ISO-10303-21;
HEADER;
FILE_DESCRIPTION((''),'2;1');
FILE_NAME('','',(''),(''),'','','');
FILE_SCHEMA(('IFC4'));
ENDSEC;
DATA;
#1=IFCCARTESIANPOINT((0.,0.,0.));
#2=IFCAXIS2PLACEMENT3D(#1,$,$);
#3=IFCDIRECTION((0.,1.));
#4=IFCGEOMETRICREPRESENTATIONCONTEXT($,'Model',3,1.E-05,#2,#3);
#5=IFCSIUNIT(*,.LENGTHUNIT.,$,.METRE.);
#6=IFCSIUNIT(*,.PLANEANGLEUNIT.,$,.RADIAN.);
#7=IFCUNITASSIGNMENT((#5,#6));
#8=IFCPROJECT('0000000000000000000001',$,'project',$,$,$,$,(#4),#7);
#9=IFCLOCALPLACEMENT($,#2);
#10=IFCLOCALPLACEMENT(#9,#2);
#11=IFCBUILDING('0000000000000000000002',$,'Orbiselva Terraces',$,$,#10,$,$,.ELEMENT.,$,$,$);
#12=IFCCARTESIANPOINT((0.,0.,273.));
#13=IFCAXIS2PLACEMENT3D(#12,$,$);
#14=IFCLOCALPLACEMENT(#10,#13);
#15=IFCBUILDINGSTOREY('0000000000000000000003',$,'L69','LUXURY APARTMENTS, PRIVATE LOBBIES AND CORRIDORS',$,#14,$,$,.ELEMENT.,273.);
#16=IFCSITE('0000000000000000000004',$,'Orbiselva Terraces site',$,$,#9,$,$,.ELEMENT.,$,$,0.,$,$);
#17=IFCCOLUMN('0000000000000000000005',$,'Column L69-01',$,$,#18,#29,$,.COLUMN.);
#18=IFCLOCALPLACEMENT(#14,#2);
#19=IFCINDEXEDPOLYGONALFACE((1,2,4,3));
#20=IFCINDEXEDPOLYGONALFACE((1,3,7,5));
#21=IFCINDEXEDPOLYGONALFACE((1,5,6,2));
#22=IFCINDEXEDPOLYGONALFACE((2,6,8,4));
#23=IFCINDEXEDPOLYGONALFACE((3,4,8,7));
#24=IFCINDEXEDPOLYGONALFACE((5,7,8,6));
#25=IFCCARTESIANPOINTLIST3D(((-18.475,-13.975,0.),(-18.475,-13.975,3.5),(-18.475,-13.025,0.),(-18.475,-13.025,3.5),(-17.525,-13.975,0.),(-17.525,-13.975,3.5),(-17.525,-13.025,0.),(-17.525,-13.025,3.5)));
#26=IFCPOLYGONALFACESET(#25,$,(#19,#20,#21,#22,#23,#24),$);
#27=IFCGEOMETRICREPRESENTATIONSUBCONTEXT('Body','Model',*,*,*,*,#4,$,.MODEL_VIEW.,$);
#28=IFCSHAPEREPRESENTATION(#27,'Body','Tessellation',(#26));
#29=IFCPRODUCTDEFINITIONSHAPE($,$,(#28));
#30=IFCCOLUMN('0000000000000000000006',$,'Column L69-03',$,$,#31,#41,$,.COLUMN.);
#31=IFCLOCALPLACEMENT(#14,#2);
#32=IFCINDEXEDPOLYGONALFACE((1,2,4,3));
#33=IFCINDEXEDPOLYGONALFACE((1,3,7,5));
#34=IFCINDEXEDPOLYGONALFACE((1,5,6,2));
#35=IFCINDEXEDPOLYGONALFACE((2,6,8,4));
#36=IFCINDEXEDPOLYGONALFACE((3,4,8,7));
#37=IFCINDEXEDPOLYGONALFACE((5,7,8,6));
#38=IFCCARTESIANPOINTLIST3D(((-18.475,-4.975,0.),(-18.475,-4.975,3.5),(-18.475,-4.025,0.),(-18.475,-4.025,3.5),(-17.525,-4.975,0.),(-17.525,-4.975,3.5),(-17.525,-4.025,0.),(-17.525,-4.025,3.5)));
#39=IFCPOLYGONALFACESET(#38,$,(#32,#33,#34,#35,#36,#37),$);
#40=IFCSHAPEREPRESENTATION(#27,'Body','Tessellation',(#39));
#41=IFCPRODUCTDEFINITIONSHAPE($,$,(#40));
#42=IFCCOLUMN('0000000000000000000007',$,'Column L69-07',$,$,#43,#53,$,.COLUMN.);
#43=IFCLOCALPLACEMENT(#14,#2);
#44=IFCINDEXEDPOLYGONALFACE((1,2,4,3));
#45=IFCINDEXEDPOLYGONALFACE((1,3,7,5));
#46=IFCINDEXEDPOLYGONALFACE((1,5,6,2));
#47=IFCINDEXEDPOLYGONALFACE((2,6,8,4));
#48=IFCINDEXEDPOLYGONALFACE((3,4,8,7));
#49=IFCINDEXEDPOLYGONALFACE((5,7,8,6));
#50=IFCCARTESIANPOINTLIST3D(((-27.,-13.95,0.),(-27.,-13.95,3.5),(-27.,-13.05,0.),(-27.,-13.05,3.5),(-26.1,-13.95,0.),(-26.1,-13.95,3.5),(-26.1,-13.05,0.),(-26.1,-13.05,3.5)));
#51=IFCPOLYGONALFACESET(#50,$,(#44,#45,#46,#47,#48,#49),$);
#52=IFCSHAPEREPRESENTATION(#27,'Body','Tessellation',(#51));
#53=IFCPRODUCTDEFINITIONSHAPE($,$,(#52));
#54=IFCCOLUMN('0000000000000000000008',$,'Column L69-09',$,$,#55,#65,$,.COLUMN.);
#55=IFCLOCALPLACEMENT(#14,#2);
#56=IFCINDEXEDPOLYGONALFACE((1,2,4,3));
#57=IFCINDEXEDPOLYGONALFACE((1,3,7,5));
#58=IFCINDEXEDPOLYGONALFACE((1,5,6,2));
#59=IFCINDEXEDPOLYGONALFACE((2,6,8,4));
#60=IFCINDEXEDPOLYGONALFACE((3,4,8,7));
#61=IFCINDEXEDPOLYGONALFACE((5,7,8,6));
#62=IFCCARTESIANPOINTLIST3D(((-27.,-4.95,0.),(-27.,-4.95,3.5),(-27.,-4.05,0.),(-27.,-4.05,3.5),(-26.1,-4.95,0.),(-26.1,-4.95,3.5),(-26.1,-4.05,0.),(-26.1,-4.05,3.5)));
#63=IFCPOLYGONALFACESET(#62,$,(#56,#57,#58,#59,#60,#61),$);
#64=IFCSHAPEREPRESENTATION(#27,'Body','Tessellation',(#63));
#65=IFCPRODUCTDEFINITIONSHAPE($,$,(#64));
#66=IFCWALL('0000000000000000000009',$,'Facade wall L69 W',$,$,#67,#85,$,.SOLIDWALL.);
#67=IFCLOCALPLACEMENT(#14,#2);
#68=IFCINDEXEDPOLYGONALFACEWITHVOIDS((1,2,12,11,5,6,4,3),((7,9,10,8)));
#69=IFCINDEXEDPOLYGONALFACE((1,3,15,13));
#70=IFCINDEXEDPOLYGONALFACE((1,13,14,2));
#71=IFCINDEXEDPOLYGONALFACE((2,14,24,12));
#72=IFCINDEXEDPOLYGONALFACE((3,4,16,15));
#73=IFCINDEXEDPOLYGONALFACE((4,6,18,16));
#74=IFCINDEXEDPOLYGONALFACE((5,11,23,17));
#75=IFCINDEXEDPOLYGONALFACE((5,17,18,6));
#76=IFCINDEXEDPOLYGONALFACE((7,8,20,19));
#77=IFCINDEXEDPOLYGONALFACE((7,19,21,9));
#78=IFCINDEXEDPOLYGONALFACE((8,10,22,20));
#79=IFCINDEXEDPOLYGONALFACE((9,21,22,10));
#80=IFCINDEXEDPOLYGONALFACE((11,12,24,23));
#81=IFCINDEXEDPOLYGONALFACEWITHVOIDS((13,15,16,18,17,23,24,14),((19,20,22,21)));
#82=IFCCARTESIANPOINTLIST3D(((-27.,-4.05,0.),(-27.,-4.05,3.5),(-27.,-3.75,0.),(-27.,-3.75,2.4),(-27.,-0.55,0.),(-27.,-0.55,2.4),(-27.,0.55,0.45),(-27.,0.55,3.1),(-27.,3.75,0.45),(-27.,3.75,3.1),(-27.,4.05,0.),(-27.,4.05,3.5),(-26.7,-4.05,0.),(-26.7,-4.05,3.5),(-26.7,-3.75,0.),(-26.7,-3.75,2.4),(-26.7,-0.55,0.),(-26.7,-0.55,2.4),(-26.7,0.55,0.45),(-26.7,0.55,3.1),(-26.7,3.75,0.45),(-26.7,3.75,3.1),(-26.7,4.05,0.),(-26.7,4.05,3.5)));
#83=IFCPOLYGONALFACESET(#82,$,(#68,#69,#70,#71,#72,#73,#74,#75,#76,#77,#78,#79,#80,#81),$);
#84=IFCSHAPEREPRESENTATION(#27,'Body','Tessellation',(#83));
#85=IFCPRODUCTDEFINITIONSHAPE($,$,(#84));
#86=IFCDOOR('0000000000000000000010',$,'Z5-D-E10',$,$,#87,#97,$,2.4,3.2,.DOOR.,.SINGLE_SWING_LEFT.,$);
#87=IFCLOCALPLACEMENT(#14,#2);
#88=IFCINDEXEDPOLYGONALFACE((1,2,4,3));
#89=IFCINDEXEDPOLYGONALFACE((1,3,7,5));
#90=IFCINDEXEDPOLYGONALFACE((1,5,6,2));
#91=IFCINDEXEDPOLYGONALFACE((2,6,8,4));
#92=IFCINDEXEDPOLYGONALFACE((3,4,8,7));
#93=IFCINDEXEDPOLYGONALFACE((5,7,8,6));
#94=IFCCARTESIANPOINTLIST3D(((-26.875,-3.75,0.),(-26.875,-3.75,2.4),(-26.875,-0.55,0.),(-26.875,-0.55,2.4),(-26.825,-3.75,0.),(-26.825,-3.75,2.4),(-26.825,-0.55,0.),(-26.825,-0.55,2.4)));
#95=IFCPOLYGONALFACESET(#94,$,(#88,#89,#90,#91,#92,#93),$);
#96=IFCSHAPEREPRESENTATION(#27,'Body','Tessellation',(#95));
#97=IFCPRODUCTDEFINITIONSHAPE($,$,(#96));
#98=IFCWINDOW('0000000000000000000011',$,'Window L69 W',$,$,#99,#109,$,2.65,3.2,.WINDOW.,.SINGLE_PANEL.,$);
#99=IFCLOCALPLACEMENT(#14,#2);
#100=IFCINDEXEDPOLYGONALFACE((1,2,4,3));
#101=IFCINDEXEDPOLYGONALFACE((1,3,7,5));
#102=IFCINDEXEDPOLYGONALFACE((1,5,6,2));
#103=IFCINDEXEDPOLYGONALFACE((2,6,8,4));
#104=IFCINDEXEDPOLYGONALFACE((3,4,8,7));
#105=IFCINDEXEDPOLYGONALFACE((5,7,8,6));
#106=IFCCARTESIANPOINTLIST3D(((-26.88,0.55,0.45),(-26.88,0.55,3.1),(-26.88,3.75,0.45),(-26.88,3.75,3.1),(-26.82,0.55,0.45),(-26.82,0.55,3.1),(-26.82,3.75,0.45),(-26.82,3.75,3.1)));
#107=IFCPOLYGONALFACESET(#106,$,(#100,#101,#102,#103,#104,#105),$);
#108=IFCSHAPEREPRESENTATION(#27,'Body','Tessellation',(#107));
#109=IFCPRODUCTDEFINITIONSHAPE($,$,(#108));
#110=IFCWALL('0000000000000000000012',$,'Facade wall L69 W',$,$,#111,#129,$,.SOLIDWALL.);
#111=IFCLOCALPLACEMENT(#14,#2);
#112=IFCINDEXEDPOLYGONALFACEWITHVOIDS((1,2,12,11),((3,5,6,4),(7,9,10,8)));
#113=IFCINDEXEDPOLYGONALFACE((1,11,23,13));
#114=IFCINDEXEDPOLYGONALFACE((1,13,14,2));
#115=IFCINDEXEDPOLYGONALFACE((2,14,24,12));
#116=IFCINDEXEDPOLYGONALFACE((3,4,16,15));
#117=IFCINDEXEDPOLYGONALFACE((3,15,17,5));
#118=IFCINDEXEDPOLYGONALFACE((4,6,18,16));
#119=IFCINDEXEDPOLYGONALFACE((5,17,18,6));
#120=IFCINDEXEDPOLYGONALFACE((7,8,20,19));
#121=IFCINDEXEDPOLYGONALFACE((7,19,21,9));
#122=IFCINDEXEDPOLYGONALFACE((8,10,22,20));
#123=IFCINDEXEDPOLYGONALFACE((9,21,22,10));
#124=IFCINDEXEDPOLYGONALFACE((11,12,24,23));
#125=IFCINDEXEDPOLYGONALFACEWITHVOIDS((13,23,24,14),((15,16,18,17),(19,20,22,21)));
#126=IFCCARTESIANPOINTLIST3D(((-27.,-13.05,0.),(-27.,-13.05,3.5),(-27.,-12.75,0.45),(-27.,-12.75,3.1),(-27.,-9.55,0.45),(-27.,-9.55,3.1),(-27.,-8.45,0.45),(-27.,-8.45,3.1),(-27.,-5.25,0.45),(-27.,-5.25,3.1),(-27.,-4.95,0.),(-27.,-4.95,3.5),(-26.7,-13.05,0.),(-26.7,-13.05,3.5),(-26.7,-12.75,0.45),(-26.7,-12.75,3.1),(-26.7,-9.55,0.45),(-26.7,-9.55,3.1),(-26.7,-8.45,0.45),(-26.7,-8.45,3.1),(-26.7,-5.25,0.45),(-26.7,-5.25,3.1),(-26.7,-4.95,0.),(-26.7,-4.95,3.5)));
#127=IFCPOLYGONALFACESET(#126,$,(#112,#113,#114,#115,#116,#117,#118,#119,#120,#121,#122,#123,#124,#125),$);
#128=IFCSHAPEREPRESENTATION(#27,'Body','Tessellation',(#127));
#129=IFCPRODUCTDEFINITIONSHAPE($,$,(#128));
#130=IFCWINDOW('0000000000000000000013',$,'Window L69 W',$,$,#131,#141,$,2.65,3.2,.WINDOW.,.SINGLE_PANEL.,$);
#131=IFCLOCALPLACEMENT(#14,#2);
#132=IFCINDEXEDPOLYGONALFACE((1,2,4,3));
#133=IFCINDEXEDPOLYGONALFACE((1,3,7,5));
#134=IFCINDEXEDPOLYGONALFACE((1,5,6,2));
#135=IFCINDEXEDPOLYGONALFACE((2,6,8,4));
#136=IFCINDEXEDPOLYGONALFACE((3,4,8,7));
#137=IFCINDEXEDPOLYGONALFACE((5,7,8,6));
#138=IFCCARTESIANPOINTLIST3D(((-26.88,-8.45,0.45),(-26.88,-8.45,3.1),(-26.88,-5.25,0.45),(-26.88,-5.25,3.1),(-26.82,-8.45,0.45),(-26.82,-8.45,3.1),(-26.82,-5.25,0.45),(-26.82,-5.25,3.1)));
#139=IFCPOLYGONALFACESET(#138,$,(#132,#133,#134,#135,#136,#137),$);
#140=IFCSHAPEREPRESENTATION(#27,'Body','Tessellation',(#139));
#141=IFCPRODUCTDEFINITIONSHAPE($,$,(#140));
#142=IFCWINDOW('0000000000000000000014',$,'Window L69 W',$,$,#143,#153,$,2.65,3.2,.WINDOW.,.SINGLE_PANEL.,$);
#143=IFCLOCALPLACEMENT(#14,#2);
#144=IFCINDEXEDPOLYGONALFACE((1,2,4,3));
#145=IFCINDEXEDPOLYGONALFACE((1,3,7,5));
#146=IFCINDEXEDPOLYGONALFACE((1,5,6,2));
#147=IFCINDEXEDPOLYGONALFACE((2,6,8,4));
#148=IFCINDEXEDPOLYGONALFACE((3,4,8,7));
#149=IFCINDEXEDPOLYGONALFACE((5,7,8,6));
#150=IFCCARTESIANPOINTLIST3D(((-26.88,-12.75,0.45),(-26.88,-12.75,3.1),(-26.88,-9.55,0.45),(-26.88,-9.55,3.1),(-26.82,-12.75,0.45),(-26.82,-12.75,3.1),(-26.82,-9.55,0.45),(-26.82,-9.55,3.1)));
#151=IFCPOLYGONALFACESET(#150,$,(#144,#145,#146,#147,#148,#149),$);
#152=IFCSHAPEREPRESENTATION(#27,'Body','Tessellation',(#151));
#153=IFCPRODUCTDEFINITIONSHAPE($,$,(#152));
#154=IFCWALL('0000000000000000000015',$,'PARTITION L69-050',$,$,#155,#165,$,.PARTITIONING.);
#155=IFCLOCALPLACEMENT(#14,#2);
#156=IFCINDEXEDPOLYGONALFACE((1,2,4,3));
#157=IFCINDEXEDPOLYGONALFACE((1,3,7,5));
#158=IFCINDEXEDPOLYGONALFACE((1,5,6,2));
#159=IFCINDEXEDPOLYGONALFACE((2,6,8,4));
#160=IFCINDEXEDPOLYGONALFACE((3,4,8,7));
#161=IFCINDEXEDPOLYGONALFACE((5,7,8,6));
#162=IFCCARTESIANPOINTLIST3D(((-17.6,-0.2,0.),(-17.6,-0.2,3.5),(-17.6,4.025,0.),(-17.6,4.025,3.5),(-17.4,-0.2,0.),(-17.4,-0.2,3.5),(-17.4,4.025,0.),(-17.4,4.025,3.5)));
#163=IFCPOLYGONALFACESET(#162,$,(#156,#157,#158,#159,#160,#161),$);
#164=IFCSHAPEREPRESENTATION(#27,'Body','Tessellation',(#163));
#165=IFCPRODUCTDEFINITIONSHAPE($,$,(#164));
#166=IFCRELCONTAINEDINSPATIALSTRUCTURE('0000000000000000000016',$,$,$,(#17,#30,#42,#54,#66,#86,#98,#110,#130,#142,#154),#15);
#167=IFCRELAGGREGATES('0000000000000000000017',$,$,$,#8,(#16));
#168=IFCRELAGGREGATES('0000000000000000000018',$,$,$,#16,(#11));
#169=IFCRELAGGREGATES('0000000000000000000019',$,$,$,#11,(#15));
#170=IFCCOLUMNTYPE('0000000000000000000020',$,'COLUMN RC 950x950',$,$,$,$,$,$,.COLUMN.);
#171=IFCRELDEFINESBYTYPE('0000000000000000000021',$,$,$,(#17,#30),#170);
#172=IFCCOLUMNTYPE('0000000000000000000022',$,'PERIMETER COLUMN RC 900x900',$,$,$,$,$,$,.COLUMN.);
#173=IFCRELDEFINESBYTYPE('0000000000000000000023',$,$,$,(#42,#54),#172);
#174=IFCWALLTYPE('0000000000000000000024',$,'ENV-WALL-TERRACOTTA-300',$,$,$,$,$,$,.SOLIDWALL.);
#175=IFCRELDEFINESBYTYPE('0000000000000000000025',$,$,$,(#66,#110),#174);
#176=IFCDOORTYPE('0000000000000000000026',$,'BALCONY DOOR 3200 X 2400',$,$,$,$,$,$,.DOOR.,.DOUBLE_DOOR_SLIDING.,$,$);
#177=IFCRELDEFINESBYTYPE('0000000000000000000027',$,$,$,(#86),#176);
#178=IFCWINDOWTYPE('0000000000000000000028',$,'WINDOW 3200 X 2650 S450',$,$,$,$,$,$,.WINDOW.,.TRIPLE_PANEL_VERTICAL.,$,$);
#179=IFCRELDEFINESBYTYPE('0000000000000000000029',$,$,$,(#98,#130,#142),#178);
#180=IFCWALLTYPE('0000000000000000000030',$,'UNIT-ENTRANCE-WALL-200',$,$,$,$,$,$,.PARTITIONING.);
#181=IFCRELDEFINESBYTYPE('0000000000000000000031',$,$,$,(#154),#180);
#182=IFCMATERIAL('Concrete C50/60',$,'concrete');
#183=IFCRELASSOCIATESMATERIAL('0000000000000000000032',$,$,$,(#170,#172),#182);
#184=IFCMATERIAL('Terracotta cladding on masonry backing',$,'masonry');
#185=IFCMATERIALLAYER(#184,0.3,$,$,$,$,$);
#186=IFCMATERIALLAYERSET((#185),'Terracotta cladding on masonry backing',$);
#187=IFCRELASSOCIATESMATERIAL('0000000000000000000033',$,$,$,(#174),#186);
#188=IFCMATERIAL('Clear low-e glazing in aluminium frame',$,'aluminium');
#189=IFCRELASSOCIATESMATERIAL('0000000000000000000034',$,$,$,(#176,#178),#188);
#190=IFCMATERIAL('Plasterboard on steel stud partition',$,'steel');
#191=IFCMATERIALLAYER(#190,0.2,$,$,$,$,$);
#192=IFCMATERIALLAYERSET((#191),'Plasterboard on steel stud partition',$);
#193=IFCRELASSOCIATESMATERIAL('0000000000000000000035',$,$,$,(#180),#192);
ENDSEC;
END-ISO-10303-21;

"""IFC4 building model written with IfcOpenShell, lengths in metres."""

from ifc_helpers import new_model, si_unit, direction, frame, frame_2d, origin, origin_2d, place, context, subcontext, project, spatial, rectangle, extrude, material, layer, layer_set, material_profile, profile_set, type_object, element, fill, save


model = new_model("IFC4")

# Units and contexts
model_context = context("Model", 3, precision=1e-05, world=origin(), true_north=direction((0.0, 1.0)))
body_context = subcontext(model_context, "Body", "Model", "MODEL_VIEW")
ifc_project = project(units=[si_unit("LENGTHUNIT", "METRE"), si_unit("PLANEANGLEUNIT", "RADIAN")], contexts=[model_context])

# Site, building, storey
site_placement = place(None, origin())
site = spatial("IfcSite", under=ifc_project, at=site_placement, Name="Orbiselva Terraces site", CompositionType="ELEMENT", RefElevation=0.0)
building_placement = place(site_placement, origin())
building = spatial("IfcBuilding", under=site, at=building_placement, Name="Orbiselva Terraces", CompositionType="ELEMENT")
storey_placement = place(building_placement, frame((0.0, 0.0, 273.0)))
storey = spatial("IfcBuildingStorey", under=building, at=storey_placement, Name="L69", Description="LUXURY APARTMENTS, PRIVATE LOBBIES AND CORRIDORS", CompositionType="ELEMENT", Elevation=273.0)

# Columns
ifc_material_1 = material(Name="Concrete C50/60", Category="concrete")
ifc_material_profile_1 = material_profile(ifc_material_1, rectangle(XDim=0.95, YDim=0.95, at=origin_2d()), Name="RC 950x950")
ifc_profile_set_1 = profile_set([ifc_material_profile_1], Name="Concrete C50/60")
column_type_1 = type_object("IfcColumnType", Name="COLUMN RC 950x950", PredefinedType="COLUMN", material=ifc_profile_set_1)
for number, where, z_axis, x_axis, name in (
    (1, (-18.0, -13.5, 0.0), (0.0, 0.0, 1.0), (1.0, 0.0, 0.0), "Column L69-01"),
    (2, (-18.0, -4.5, 0.0), (0.0, 0.0, 1.0), (1.0, 0.0, 0.0), "Column L69-03"),
):
    element("IfcColumn", number, at=place(storey_placement, frame(where, z_axis=z_axis, x_axis=x_axis)), inside=storey, type_object=column_type_1, Name=name, PredefinedType="COLUMN", context=body_context, shape_type="SweptSolid", body=[
        extrude(rectangle(XDim=0.95, YDim=0.95, at=origin_2d()), origin(), (0.0, 0.0, 1.0), 3.5),
    ])
ifc_material_profile_2 = material_profile(ifc_material_1, rectangle(XDim=0.9, YDim=0.9, at=origin_2d()), Name="RC 900x900")
ifc_profile_set_2 = profile_set([ifc_material_profile_2], Name="Concrete C50/60")
column_type_2 = type_object("IfcColumnType", Name="PERIMETER COLUMN RC 900x900", PredefinedType="COLUMN", material=ifc_profile_set_2)
for number, where, z_axis, x_axis, name in (
    (3, (-26.55, -13.5, 0.0), (0.0, 0.0, 1.0), (1.0, 0.0, 0.0), "Column L69-07"),
    (4, (-26.55, -4.5, 0.0), (0.0, 0.0, 1.0), (1.0, 0.0, 0.0), "Column L69-09"),
):
    element("IfcColumn", number, at=place(storey_placement, frame(where, z_axis=z_axis, x_axis=x_axis)), inside=storey, type_object=column_type_2, Name=name, PredefinedType="COLUMN", context=body_context, shape_type="SweptSolid", body=[
        extrude(rectangle(XDim=0.9, YDim=0.9, at=origin_2d()), origin(), (0.0, 0.0, 1.0), 3.5),
    ])

# Wall, openings, door, window
ifc_material_2 = material(Name="Terracotta cladding on masonry backing", Category="masonry")
ifc_layer_1 = layer(ifc_material_2, 0.3)
ifc_layer_set_1 = layer_set([ifc_layer_1], Name="Terracotta cladding on masonry backing")
wall_type_1 = type_object("IfcWallType", Name="ENV-WALL-TERRACOTTA-300", PredefinedType="SOLIDWALL", material=ifc_layer_set_1)
wall_1_placement = place(storey_placement, frame((-26.85, -4.05, 0.0), z_axis=(0.0, 0.0, 1.0), x_axis=(0.0, 1.0, 0.0)))
wall_1 = element("IfcWall", 5, at=wall_1_placement, inside=storey, type_object=wall_type_1, Name="Facade wall L69 W", PredefinedType="SOLIDWALL", context=body_context, shape_type="SweptSolid", body=[
    extrude(rectangle(XDim=8.1, YDim=0.3, at=frame_2d((4.05, 0.0))), origin(), (0.0, 0.0, 1.0), 3.5),
])
opening_1_placement = place(wall_1_placement, frame((4.6, 0.0, 0.45)))
opening_1 = element("IfcOpeningElement", 6, at=opening_1_placement, cuts=wall_1, PredefinedType="OPENING", context=body_context, shape_type="SweptSolid", body=[
    extrude(rectangle(XDim=3.2, YDim=2.65, at=frame_2d((1.6, 1.325))), frame((0.0, 0.16, 0.0), z_axis=(0.0, -1.0, 0.0), x_axis=(1.0, 0.0, 0.0)), (0.0, 0.0, 1.0), 0.32),
])
opening_2_placement = place(wall_1_placement, frame((0.3, 0.0, 0.0)))
opening_2 = element("IfcOpeningElement", 7, at=opening_2_placement, cuts=wall_1, PredefinedType="OPENING", context=body_context, shape_type="SweptSolid", body=[
    extrude(rectangle(XDim=3.2, YDim=2.4, at=frame_2d((1.6, 1.2))), frame((0.0, 0.16, 0.0), z_axis=(0.0, -1.0, 0.0), x_axis=(1.0, 0.0, 0.0)), (0.0, 0.0, 1.0), 0.32),
])
ifc_material_3 = material(Name="Clear low-e glazing in aluminium frame", Category="aluminium")
door_type_1 = type_object("IfcDoorType", Name="BALCONY DOOR 3200 X 2400", OperationType="DOUBLE_DOOR_SLIDING", PredefinedType="DOOR", material=ifc_material_3)
door_1_placement = place(opening_2_placement, origin())
door_1 = element("IfcDoor", 8, at=door_1_placement, inside=storey, type_object=door_type_1, Name="Z5-D-E10", OperationType="SINGLE_SWING_LEFT", OverallHeight=2.4, OverallWidth=3.2, PredefinedType="DOOR", context=body_context, shape_type="SweptSolid", body=[
    extrude(rectangle(XDim=3.2, YDim=2.4, at=frame_2d((1.6, 1.2))), frame((0.0, 0.025, 0.0), z_axis=(0.0, -1.0, 0.0), x_axis=(1.0, 0.0, 0.0)), (0.0, 0.0, 1.0), 0.05),
])
fill(opening_2, door_1)
window_type = type_object("IfcWindowType", Name="WINDOW 3200 X 2650 S450", PartitioningType="TRIPLE_PANEL_VERTICAL", PredefinedType="WINDOW", material=ifc_material_3)
window_1_placement = place(opening_1_placement, origin())
window_1 = element("IfcWindow", 9, at=window_1_placement, inside=storey, type_object=window_type, Name="Window L69 W", OverallHeight=2.65, OverallWidth=3.2, PartitioningType="SINGLE_PANEL", PredefinedType="WINDOW", context=body_context, shape_type="SweptSolid", body=[
    extrude(rectangle(XDim=3.2, YDim=2.65, at=frame_2d((1.6, 1.325))), frame((0.0, 0.03, 0.0), z_axis=(0.0, -1.0, 0.0), x_axis=(1.0, 0.0, 0.0)), (0.0, 0.0, 1.0), 0.06),
])
fill(opening_1, window_1)

# Wall, openings, windows
wall_2_placement = place(storey_placement, frame((-26.85, -13.05, 0.0), z_axis=(0.0, 0.0, 1.0), x_axis=(0.0, 1.0, 0.0)))
wall_2 = element("IfcWall", 10, at=wall_2_placement, inside=storey, type_object=wall_type_1, Name="Facade wall L69 W", PredefinedType="SOLIDWALL", context=body_context, shape_type="SweptSolid", body=[
    extrude(rectangle(XDim=8.1, YDim=0.3, at=frame_2d((4.05, 0.0))), origin(), (0.0, 0.0, 1.0), 3.5),
])
opening_3_placement = place(wall_2_placement, frame((4.6, 0.0, 0.45)))
opening_3 = element("IfcOpeningElement", 11, at=opening_3_placement, cuts=wall_2, PredefinedType="OPENING", context=body_context, shape_type="SweptSolid", body=[
    extrude(rectangle(XDim=3.2, YDim=2.65, at=frame_2d((1.6, 1.325))), frame((0.0, 0.16, 0.0), z_axis=(0.0, -1.0, 0.0), x_axis=(1.0, 0.0, 0.0)), (0.0, 0.0, 1.0), 0.32),
])
opening_4_placement = place(wall_2_placement, frame((0.3, 0.0, 0.45)))
opening_4 = element("IfcOpeningElement", 12, at=opening_4_placement, cuts=wall_2, PredefinedType="OPENING", context=body_context, shape_type="SweptSolid", body=[
    extrude(rectangle(XDim=3.2, YDim=2.65, at=frame_2d((1.6, 1.325))), frame((0.0, 0.16, 0.0), z_axis=(0.0, -1.0, 0.0), x_axis=(1.0, 0.0, 0.0)), (0.0, 0.0, 1.0), 0.32),
])
window_2_placement = place(opening_3_placement, origin())
window_2 = element("IfcWindow", 13, at=window_2_placement, inside=storey, type_object=window_type, Name="Window L69 W", OverallHeight=2.65, OverallWidth=3.2, PartitioningType="SINGLE_PANEL", PredefinedType="WINDOW", context=body_context, shape_type="SweptSolid", body=[
    extrude(rectangle(XDim=3.2, YDim=2.65, at=frame_2d((1.6, 1.325))), frame((0.0, 0.03, 0.0), z_axis=(0.0, -1.0, 0.0), x_axis=(1.0, 0.0, 0.0)), (0.0, 0.0, 1.0), 0.06),
])
fill(opening_3, window_2)
window_3_placement = place(opening_4_placement, origin())
window_3 = element("IfcWindow", 14, at=window_3_placement, inside=storey, type_object=window_type, Name="Window L69 W", OverallHeight=2.65, OverallWidth=3.2, PartitioningType="SINGLE_PANEL", PredefinedType="WINDOW", context=body_context, shape_type="SweptSolid", body=[
    extrude(rectangle(XDim=3.2, YDim=2.65, at=frame_2d((1.6, 1.325))), frame((0.0, 0.03, 0.0), z_axis=(0.0, -1.0, 0.0), x_axis=(1.0, 0.0, 0.0)), (0.0, 0.0, 1.0), 0.06),
])
fill(opening_4, window_3)

# Wall
ifc_material_4 = material(Name="Plasterboard on steel stud partition", Category="steel")
ifc_layer_2 = layer(ifc_material_4, 0.2)
ifc_layer_set_2 = layer_set([ifc_layer_2], Name="Plasterboard on steel stud partition")
wall_type_2 = type_object("IfcWallType", Name="UNIT-ENTRANCE-WALL-200", PredefinedType="PARTITIONING", material=ifc_layer_set_2)
wall_3_placement = place(storey_placement, frame((-17.5, -0.2, 0.0), z_axis=(0.0, 0.0, 1.0), x_axis=(0.0, 1.0, 0.0)))
element("IfcWall", 15, at=wall_3_placement, inside=storey, type_object=wall_type_2, Name="PARTITION L69-050", PredefinedType="PARTITIONING", context=body_context, shape_type="SweptSolid", body=[
    extrude(rectangle(XDim=4.225, YDim=0.2, at=frame_2d((2.1125, 0.0))), origin(), (0.0, 0.0, 1.0), 3.5),
])

save(model, "model.ifc")
